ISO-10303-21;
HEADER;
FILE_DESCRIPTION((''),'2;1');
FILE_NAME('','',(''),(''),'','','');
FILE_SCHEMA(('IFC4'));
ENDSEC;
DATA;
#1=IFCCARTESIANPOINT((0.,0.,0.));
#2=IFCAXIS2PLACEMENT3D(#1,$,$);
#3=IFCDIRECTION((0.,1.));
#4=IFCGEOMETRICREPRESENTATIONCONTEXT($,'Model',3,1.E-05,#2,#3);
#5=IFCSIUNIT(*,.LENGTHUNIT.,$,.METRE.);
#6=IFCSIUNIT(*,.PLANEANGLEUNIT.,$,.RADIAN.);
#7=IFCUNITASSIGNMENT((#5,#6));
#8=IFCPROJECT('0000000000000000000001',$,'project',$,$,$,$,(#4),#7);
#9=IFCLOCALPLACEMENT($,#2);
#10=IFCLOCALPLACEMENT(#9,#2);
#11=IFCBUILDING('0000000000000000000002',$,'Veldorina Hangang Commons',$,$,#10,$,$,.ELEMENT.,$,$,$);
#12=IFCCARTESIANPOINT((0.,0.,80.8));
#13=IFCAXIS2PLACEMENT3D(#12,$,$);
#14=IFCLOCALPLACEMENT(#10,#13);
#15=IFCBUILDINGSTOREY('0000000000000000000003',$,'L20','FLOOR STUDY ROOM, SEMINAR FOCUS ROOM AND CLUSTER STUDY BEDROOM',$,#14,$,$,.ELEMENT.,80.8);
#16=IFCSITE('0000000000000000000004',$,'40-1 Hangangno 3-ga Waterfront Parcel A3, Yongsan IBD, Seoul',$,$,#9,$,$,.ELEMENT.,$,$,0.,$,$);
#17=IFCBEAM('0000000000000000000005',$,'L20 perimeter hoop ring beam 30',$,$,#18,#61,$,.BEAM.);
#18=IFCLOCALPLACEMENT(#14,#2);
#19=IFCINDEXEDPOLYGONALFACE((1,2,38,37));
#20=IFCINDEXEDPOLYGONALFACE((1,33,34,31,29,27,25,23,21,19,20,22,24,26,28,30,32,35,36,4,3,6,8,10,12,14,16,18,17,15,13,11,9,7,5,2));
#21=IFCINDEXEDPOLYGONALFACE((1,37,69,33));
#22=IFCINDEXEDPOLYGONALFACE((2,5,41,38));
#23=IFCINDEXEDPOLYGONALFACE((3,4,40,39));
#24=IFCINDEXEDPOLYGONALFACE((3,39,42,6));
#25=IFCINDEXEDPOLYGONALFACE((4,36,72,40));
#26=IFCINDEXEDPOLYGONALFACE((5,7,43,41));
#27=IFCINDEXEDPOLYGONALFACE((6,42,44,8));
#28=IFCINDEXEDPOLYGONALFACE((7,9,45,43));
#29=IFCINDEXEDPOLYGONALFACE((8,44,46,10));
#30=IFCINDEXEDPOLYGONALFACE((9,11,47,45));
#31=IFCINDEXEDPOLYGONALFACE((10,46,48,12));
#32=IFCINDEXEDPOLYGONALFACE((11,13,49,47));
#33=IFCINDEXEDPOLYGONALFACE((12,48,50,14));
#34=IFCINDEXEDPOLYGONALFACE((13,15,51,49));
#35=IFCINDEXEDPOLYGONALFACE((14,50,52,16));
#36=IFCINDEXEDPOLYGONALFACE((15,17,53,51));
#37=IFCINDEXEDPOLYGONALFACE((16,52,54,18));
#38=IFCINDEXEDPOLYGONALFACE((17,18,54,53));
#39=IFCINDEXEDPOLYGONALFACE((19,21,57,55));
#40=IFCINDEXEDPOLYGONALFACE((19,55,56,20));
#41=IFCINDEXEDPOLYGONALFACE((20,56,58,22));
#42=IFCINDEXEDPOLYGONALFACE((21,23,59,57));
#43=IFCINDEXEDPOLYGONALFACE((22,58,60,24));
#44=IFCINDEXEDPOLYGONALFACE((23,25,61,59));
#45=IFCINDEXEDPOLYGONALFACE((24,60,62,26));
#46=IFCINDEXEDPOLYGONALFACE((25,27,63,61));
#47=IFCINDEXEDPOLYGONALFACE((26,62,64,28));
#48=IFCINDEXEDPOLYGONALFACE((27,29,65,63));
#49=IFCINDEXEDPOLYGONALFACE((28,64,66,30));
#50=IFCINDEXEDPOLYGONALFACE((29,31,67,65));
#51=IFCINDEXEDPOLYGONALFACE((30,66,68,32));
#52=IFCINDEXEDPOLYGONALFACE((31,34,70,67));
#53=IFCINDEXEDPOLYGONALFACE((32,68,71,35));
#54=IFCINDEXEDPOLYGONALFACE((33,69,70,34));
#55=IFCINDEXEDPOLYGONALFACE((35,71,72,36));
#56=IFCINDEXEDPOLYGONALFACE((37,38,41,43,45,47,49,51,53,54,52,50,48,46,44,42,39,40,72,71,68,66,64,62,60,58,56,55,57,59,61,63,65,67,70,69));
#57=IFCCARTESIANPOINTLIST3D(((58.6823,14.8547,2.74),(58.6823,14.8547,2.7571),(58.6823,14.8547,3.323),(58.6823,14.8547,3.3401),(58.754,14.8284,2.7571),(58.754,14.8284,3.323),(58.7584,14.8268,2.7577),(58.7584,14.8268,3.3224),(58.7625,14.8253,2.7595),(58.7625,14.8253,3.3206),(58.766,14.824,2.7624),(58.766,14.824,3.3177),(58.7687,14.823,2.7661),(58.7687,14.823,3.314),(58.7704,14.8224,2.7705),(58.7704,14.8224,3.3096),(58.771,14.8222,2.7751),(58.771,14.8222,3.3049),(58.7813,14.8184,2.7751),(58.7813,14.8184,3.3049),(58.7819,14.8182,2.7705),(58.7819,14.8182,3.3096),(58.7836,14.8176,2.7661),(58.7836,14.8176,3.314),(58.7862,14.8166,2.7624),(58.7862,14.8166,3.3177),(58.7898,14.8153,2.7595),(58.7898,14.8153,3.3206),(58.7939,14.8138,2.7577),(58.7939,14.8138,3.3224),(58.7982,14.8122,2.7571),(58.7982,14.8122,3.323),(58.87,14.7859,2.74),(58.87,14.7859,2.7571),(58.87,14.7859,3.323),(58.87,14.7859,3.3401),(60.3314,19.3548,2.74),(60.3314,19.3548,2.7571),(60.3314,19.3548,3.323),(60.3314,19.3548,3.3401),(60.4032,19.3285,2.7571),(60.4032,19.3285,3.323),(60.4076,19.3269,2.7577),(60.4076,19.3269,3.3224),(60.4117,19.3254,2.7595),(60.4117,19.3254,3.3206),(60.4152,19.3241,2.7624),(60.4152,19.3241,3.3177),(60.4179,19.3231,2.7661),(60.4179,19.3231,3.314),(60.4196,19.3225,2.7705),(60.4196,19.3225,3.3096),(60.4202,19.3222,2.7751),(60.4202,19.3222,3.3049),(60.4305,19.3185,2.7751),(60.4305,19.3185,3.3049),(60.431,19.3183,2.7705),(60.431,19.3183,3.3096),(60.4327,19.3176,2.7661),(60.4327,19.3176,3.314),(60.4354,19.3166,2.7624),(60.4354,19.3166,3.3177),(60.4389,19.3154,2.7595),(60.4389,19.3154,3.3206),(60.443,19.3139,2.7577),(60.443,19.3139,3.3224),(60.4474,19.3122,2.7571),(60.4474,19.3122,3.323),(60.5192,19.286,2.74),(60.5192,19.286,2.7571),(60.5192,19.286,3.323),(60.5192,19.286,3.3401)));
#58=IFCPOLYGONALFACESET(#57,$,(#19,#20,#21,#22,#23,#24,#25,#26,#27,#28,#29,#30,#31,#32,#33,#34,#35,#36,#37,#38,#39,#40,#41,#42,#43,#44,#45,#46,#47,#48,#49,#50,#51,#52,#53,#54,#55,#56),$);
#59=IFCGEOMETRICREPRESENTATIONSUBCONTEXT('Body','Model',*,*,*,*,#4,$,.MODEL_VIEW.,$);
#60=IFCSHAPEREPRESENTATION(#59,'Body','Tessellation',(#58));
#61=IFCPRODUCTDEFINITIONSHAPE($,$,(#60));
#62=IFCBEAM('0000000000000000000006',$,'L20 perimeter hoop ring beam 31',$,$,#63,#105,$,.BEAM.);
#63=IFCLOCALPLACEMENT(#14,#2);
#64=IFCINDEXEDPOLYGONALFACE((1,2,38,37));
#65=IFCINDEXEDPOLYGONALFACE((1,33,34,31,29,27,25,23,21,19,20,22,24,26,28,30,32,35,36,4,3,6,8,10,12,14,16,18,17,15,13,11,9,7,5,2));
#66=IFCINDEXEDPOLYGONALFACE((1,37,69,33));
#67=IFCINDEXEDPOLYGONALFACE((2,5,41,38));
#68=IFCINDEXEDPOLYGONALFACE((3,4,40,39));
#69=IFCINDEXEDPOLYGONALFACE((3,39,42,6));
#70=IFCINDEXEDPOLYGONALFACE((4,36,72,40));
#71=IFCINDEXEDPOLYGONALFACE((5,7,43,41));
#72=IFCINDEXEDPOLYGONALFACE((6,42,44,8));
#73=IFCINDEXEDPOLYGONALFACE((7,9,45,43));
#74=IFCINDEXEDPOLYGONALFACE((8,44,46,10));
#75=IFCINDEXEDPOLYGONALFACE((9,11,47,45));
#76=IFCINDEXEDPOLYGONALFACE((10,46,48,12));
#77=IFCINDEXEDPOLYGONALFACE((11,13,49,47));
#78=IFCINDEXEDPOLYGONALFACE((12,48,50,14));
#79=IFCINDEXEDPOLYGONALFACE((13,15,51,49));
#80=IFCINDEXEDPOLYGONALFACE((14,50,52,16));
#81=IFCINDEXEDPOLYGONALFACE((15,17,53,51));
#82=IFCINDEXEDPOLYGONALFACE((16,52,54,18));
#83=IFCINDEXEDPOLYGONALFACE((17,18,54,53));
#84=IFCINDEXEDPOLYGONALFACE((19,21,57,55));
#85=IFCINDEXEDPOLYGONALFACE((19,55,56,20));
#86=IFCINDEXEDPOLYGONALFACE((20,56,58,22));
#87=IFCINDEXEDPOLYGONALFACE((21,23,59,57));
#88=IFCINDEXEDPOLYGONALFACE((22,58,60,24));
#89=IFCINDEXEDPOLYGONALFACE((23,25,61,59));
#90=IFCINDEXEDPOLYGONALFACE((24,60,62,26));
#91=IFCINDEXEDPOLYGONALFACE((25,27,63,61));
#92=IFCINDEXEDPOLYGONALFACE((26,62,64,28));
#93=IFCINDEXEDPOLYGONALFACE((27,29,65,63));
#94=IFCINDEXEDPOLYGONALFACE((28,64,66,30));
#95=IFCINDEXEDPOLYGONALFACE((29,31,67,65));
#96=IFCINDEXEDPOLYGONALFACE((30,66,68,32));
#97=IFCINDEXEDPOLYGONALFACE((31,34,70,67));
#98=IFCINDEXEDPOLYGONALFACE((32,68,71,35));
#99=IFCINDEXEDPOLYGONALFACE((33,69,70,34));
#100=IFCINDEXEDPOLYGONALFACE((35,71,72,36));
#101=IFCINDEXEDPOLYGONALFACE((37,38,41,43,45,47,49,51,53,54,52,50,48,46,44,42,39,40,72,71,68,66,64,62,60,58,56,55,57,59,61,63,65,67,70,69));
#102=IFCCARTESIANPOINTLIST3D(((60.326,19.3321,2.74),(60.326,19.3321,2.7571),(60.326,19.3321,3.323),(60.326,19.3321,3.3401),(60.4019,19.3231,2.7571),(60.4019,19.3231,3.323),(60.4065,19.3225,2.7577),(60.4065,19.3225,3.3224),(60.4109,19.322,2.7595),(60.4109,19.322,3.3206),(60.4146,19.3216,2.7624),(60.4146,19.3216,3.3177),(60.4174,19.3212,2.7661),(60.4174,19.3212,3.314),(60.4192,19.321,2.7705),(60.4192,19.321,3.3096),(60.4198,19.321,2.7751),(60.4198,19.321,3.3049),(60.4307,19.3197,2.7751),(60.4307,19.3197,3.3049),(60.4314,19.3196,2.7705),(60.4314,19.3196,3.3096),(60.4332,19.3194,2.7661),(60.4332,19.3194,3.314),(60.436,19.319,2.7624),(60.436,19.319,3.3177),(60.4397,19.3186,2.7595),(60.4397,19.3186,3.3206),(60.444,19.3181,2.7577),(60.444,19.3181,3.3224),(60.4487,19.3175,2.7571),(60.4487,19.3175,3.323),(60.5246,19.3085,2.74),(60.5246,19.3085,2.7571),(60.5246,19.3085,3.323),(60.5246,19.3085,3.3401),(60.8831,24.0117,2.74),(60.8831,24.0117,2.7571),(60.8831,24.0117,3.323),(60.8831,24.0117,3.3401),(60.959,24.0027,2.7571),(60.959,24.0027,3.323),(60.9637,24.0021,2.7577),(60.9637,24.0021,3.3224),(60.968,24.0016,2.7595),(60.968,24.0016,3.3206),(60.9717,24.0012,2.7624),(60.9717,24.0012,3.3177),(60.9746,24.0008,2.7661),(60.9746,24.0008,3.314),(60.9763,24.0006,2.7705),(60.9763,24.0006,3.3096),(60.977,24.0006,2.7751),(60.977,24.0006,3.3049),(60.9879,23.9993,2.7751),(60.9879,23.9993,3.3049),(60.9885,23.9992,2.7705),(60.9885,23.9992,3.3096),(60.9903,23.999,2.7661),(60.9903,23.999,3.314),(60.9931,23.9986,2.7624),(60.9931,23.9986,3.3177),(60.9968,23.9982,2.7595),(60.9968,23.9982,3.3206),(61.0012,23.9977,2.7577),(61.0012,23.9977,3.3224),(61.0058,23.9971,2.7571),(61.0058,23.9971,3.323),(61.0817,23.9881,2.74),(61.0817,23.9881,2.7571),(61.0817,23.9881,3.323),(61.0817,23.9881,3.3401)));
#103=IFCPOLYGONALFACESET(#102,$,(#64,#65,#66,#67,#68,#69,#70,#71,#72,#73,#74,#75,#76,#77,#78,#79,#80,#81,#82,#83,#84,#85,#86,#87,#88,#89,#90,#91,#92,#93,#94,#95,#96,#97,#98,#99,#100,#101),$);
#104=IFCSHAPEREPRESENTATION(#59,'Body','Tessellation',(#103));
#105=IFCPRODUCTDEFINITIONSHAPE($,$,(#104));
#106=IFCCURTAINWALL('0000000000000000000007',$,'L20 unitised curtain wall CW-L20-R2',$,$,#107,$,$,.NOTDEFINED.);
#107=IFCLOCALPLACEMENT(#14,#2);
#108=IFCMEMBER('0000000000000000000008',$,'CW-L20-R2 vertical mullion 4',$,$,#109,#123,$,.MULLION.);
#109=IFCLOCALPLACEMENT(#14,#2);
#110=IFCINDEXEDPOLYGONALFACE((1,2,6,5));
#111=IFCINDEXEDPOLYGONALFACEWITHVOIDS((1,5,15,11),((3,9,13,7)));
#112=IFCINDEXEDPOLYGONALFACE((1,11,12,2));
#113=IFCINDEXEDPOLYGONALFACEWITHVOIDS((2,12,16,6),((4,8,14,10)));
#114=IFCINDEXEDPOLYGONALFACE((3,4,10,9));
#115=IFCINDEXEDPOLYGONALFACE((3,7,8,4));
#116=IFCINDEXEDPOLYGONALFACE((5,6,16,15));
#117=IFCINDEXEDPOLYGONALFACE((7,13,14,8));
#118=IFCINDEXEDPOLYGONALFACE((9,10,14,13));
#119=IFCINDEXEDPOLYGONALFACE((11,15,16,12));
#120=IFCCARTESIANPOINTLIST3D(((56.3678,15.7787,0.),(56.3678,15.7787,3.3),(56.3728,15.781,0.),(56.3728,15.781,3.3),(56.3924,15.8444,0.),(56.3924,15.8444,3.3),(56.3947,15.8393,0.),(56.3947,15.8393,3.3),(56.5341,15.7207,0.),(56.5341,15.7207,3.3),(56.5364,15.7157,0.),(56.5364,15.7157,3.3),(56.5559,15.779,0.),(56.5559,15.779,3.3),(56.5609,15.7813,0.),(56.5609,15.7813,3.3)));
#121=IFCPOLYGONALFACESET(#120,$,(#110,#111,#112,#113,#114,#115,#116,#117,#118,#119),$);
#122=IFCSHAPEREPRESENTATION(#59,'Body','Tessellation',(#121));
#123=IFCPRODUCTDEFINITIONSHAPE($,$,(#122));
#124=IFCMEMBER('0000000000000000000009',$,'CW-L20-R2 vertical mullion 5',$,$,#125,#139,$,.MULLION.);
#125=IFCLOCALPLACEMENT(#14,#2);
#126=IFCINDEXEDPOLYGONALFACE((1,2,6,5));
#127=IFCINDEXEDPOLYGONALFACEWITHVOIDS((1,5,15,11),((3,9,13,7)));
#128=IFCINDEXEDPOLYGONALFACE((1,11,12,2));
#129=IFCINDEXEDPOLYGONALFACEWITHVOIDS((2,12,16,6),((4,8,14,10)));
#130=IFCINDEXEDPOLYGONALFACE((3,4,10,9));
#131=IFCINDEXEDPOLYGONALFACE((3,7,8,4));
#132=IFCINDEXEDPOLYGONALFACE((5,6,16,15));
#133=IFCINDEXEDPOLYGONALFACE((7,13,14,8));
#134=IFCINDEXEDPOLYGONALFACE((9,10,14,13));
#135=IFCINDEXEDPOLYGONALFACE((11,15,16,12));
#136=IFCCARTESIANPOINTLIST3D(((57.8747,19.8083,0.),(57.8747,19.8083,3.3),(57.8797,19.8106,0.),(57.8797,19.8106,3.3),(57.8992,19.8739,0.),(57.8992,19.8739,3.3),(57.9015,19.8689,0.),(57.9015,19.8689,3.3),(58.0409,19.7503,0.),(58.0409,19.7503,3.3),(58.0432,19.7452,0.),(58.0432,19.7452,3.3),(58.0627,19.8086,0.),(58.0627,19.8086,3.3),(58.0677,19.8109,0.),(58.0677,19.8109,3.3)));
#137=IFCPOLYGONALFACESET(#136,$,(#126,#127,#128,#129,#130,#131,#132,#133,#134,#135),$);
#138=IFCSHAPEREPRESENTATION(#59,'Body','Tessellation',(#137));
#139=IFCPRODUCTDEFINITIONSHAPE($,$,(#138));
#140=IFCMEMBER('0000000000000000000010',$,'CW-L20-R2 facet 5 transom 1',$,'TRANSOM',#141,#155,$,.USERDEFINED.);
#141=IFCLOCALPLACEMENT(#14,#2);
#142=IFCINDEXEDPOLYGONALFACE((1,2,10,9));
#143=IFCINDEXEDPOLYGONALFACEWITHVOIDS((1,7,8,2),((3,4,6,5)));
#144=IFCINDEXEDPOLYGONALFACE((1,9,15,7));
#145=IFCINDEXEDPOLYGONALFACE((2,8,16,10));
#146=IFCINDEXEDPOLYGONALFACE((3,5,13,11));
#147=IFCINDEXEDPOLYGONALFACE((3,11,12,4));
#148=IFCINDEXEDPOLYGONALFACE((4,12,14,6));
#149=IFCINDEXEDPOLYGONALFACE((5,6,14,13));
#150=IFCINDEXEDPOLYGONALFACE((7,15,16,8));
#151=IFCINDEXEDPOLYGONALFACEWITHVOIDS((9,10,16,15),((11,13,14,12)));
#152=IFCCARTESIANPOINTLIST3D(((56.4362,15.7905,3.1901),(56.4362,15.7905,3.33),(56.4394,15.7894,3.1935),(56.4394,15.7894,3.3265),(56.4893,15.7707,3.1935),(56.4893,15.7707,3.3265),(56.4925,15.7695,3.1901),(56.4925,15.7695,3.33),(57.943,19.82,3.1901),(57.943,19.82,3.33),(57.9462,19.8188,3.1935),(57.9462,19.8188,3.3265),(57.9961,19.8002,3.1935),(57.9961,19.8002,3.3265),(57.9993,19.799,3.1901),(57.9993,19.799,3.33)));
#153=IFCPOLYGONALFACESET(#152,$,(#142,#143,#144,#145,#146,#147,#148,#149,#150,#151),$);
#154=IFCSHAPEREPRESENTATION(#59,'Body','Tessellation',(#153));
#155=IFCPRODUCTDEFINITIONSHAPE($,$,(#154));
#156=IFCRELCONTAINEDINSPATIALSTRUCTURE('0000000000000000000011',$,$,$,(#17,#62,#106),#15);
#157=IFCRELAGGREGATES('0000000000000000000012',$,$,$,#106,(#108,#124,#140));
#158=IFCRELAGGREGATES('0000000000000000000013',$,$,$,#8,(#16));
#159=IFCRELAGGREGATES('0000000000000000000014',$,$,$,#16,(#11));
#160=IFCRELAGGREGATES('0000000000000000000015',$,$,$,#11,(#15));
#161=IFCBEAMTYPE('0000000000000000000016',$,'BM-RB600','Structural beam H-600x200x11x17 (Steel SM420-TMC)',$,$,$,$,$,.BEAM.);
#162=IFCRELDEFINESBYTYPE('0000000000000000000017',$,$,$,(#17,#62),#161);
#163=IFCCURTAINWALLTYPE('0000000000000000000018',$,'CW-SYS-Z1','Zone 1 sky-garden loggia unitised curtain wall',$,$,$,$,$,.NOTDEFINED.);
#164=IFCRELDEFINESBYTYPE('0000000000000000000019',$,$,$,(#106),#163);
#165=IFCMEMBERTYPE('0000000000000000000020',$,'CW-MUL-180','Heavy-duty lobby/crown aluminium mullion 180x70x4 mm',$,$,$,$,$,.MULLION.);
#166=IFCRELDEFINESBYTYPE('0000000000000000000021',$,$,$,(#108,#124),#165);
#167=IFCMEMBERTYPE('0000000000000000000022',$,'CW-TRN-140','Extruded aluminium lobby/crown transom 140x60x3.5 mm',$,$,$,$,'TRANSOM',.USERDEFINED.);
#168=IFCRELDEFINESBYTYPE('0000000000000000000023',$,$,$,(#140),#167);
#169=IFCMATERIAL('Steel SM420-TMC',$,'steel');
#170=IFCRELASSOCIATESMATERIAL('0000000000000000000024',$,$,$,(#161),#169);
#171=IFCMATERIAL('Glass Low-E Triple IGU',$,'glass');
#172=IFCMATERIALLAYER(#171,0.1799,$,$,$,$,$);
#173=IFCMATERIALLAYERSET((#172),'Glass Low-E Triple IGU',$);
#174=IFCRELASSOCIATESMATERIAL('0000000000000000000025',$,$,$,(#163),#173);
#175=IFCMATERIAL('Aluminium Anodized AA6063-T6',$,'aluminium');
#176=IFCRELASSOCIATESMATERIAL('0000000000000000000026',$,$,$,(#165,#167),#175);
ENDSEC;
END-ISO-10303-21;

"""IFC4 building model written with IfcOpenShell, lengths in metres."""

from ifc_helpers import new_model, si_unit, direction, frame, origin, origin_2d, place, context, subcontext, project, spatial, hollow_rectangle, i_section, extrude, material, layer, layer_set, material_profile, profile_set, type_object, element, aggregate, save


model = new_model("IFC4")

# Units and contexts
model_context = context("Model", 3, precision=1e-05, world=origin(), true_north=direction((0.0, 1.0)))
body_context = subcontext(model_context, "Body", "Model", "MODEL_VIEW")
ifc_project = project(units=[si_unit("LENGTHUNIT", "METRE"), si_unit("PLANEANGLEUNIT", "RADIAN")], contexts=[model_context])

# Site, building, storey
site_placement = place(None, origin())
site = spatial("IfcSite", under=ifc_project, at=site_placement, Name="40-1 Hangangno 3-ga Waterfront Parcel A3, Yongsan IBD, Seoul", CompositionType="ELEMENT", RefElevation=0.0)
building_placement = place(site_placement, origin())
building = spatial("IfcBuilding", under=site, at=building_placement, Name="Veldorina Hangang Commons", CompositionType="ELEMENT")
storey_placement = place(building_placement, frame((0.0, 0.0, 80.8)))
storey = spatial("IfcBuildingStorey", under=building, at=storey_placement, Name="L20", Description="FLOOR STUDY ROOM, SEMINAR FOCUS ROOM AND CLUSTER STUDY BEDROOM", CompositionType="ELEMENT", Elevation=80.8)

# Beams
ifc_material_1 = material(Name="Steel SM420-TMC", Category="steel")
ifc_material_profile_1 = material_profile(ifc_material_1, i_section(OverallWidth=0.2, OverallDepth=0.6001, WebThickness=0.011, FlangeThickness=0.0171, FilletRadius=0.0181, at=origin_2d()), Name="H-600x200x11x17")
ifc_profile_set_1 = profile_set([ifc_material_profile_1], Name="Steel SM420-TMC")
beam_type = type_object("IfcBeamType", Name="BM-RB600", Description="Structural beam H-600x200x11x17 (Steel SM420-TMC)", PredefinedType="BEAM", material=ifc_profile_set_1)
beam_1_placement = place(storey_placement, frame((58.7761, 14.8203, 3.04), z_axis=(0.344102, 0.938932, 0.0), x_axis=(-0.938932, 0.344102, 0.0)))
element("IfcBeam", 1, at=beam_1_placement, inside=storey, type_object=beam_type, Name="L20 perimeter hoop ring beam 30", PredefinedType="BEAM", context=body_context, shape_type="SweptSolid", body=[
    extrude(i_section(OverallWidth=0.2, OverallDepth=0.6001, WebThickness=0.011, FlangeThickness=0.0171, FilletRadius=0.0181, at=origin_2d()), origin(), (0.0, 0.0, 1.0), 4.7927),
])
beam_2_placement = place(storey_placement, frame((60.4253, 19.3203, 3.04), z_axis=(0.118218, 0.992988, 0.0), x_axis=(-0.992988, 0.118218, 0.0)))
element("IfcBeam", 2, at=beam_2_placement, inside=storey, type_object=beam_type, Name="L20 perimeter hoop ring beam 31", PredefinedType="BEAM", context=body_context, shape_type="SweptSolid", body=[
    extrude(i_section(OverallWidth=0.2, OverallDepth=0.6001, WebThickness=0.011, FlangeThickness=0.0171, FilletRadius=0.0181, at=origin_2d()), origin(), (0.0, 0.0, 1.0), 4.7126),
])

# Curtain wall, members
ifc_material_2 = material(Name="Glass Low-E Triple IGU", Category="glass")
ifc_layer_1 = layer(ifc_material_2, 0.1799)
ifc_layer_set_1 = layer_set([ifc_layer_1], Name="Glass Low-E Triple IGU")
curtain_wall_type = type_object("IfcCurtainWallType", Name="CW-SYS-Z1", Description="Zone 1 sky-garden loggia unitised curtain wall", PredefinedType="NOTDEFINED", material=ifc_layer_set_1)
curtain_wall_placement = place(storey_placement, origin())
curtain_wall = element("IfcCurtainWall", 3, at=curtain_wall_placement, inside=storey, type_object=curtain_wall_type, Name="L20 unitised curtain wall CW-L20-R2", PredefinedType="NOTDEFINED")
ifc_material_3 = material(Name="Aluminium Anodized AA6063-T6", Category="aluminium")
ifc_material_profile_2 = material_profile(ifc_material_3, hollow_rectangle(XDim=0.0701, YDim=0.1799, WallThickness=0.0039, at=origin_2d()), Name="ALU-RHS-180x70x4")
ifc_profile_set_2 = profile_set([ifc_material_profile_2], Name="Aluminium Anodized AA6063-T6")
member_type_1 = type_object("IfcMemberType", Name="CW-MUL-180", Description="Heavy-duty lobby/crown aluminium mullion 180x70x4 mm", PredefinedType="MULLION", material=ifc_profile_set_2)
member_1_placement = place(storey_placement, frame((56.4644, 15.78, 0.0), z_axis=(0.0, 0.0, 1.0), x_axis=(0.350273, 0.936648, 0.0)))
member_1 = element("IfcMember", 4, at=member_1_placement, type_object=member_type_1, Name="CW-L20-R2 vertical mullion 4", PredefinedType="MULLION", context=body_context, shape_type="SweptSolid", body=[
    extrude(hollow_rectangle(XDim=0.0701, YDim=0.1799, WallThickness=0.0039, at=origin_2d()), origin(), (0.0, 0.0, 1.0), 3.3),
])
member_2_placement = place(storey_placement, frame((57.9712, 19.8096, 0.0), z_axis=(0.0, 0.0, 1.0), x_axis=(-0.350273, -0.936648, 0.0)))
member_2 = element("IfcMember", 5, at=member_2_placement, type_object=member_type_1, Name="CW-L20-R2 vertical mullion 5", PredefinedType="MULLION", context=body_context, shape_type="SweptSolid", body=[
    extrude(hollow_rectangle(XDim=0.0701, YDim=0.1799, WallThickness=0.0039, at=origin_2d()), origin(), (0.0, 0.0, 1.0), 3.3),
])
ifc_material_profile_3 = material_profile(ifc_material_3, hollow_rectangle(XDim=0.0601, YDim=0.1399, WallThickness=0.0034, at=origin_2d()), Name="ALU-RHS-140x60x3.5")
ifc_profile_set_3 = profile_set([ifc_material_profile_3], Name="Aluminium Anodized AA6063-T6")
member_type_2 = type_object("IfcMemberType", Name="CW-TRN-140", Description="Extruded aluminium lobby/crown transom 140x60x3.5 mm", ElementType="TRANSOM", PredefinedType="USERDEFINED", material=ifc_profile_set_3)
member_3_placement = place(storey_placement, frame((56.4644, 15.78, 3.26), z_axis=(0.350259, 0.936653, 0.0), x_axis=(-0.936653, 0.350259, 0.0)))
member_3 = element("IfcMember", 6, at=member_3_placement, type_object=member_type_2, Name="CW-L20-R2 facet 5 transom 1", ObjectType="TRANSOM", PredefinedType="USERDEFINED", context=body_context, shape_type="SweptSolid", body=[
    extrude(hollow_rectangle(XDim=0.0601, YDim=0.1399, WallThickness=0.0034, at=origin_2d()), origin(), (0.0, 0.0, 1.0), 4.302),
])

aggregate(curtain_wall, [member_1, member_2, member_3])

save(model, "model.ifc")
